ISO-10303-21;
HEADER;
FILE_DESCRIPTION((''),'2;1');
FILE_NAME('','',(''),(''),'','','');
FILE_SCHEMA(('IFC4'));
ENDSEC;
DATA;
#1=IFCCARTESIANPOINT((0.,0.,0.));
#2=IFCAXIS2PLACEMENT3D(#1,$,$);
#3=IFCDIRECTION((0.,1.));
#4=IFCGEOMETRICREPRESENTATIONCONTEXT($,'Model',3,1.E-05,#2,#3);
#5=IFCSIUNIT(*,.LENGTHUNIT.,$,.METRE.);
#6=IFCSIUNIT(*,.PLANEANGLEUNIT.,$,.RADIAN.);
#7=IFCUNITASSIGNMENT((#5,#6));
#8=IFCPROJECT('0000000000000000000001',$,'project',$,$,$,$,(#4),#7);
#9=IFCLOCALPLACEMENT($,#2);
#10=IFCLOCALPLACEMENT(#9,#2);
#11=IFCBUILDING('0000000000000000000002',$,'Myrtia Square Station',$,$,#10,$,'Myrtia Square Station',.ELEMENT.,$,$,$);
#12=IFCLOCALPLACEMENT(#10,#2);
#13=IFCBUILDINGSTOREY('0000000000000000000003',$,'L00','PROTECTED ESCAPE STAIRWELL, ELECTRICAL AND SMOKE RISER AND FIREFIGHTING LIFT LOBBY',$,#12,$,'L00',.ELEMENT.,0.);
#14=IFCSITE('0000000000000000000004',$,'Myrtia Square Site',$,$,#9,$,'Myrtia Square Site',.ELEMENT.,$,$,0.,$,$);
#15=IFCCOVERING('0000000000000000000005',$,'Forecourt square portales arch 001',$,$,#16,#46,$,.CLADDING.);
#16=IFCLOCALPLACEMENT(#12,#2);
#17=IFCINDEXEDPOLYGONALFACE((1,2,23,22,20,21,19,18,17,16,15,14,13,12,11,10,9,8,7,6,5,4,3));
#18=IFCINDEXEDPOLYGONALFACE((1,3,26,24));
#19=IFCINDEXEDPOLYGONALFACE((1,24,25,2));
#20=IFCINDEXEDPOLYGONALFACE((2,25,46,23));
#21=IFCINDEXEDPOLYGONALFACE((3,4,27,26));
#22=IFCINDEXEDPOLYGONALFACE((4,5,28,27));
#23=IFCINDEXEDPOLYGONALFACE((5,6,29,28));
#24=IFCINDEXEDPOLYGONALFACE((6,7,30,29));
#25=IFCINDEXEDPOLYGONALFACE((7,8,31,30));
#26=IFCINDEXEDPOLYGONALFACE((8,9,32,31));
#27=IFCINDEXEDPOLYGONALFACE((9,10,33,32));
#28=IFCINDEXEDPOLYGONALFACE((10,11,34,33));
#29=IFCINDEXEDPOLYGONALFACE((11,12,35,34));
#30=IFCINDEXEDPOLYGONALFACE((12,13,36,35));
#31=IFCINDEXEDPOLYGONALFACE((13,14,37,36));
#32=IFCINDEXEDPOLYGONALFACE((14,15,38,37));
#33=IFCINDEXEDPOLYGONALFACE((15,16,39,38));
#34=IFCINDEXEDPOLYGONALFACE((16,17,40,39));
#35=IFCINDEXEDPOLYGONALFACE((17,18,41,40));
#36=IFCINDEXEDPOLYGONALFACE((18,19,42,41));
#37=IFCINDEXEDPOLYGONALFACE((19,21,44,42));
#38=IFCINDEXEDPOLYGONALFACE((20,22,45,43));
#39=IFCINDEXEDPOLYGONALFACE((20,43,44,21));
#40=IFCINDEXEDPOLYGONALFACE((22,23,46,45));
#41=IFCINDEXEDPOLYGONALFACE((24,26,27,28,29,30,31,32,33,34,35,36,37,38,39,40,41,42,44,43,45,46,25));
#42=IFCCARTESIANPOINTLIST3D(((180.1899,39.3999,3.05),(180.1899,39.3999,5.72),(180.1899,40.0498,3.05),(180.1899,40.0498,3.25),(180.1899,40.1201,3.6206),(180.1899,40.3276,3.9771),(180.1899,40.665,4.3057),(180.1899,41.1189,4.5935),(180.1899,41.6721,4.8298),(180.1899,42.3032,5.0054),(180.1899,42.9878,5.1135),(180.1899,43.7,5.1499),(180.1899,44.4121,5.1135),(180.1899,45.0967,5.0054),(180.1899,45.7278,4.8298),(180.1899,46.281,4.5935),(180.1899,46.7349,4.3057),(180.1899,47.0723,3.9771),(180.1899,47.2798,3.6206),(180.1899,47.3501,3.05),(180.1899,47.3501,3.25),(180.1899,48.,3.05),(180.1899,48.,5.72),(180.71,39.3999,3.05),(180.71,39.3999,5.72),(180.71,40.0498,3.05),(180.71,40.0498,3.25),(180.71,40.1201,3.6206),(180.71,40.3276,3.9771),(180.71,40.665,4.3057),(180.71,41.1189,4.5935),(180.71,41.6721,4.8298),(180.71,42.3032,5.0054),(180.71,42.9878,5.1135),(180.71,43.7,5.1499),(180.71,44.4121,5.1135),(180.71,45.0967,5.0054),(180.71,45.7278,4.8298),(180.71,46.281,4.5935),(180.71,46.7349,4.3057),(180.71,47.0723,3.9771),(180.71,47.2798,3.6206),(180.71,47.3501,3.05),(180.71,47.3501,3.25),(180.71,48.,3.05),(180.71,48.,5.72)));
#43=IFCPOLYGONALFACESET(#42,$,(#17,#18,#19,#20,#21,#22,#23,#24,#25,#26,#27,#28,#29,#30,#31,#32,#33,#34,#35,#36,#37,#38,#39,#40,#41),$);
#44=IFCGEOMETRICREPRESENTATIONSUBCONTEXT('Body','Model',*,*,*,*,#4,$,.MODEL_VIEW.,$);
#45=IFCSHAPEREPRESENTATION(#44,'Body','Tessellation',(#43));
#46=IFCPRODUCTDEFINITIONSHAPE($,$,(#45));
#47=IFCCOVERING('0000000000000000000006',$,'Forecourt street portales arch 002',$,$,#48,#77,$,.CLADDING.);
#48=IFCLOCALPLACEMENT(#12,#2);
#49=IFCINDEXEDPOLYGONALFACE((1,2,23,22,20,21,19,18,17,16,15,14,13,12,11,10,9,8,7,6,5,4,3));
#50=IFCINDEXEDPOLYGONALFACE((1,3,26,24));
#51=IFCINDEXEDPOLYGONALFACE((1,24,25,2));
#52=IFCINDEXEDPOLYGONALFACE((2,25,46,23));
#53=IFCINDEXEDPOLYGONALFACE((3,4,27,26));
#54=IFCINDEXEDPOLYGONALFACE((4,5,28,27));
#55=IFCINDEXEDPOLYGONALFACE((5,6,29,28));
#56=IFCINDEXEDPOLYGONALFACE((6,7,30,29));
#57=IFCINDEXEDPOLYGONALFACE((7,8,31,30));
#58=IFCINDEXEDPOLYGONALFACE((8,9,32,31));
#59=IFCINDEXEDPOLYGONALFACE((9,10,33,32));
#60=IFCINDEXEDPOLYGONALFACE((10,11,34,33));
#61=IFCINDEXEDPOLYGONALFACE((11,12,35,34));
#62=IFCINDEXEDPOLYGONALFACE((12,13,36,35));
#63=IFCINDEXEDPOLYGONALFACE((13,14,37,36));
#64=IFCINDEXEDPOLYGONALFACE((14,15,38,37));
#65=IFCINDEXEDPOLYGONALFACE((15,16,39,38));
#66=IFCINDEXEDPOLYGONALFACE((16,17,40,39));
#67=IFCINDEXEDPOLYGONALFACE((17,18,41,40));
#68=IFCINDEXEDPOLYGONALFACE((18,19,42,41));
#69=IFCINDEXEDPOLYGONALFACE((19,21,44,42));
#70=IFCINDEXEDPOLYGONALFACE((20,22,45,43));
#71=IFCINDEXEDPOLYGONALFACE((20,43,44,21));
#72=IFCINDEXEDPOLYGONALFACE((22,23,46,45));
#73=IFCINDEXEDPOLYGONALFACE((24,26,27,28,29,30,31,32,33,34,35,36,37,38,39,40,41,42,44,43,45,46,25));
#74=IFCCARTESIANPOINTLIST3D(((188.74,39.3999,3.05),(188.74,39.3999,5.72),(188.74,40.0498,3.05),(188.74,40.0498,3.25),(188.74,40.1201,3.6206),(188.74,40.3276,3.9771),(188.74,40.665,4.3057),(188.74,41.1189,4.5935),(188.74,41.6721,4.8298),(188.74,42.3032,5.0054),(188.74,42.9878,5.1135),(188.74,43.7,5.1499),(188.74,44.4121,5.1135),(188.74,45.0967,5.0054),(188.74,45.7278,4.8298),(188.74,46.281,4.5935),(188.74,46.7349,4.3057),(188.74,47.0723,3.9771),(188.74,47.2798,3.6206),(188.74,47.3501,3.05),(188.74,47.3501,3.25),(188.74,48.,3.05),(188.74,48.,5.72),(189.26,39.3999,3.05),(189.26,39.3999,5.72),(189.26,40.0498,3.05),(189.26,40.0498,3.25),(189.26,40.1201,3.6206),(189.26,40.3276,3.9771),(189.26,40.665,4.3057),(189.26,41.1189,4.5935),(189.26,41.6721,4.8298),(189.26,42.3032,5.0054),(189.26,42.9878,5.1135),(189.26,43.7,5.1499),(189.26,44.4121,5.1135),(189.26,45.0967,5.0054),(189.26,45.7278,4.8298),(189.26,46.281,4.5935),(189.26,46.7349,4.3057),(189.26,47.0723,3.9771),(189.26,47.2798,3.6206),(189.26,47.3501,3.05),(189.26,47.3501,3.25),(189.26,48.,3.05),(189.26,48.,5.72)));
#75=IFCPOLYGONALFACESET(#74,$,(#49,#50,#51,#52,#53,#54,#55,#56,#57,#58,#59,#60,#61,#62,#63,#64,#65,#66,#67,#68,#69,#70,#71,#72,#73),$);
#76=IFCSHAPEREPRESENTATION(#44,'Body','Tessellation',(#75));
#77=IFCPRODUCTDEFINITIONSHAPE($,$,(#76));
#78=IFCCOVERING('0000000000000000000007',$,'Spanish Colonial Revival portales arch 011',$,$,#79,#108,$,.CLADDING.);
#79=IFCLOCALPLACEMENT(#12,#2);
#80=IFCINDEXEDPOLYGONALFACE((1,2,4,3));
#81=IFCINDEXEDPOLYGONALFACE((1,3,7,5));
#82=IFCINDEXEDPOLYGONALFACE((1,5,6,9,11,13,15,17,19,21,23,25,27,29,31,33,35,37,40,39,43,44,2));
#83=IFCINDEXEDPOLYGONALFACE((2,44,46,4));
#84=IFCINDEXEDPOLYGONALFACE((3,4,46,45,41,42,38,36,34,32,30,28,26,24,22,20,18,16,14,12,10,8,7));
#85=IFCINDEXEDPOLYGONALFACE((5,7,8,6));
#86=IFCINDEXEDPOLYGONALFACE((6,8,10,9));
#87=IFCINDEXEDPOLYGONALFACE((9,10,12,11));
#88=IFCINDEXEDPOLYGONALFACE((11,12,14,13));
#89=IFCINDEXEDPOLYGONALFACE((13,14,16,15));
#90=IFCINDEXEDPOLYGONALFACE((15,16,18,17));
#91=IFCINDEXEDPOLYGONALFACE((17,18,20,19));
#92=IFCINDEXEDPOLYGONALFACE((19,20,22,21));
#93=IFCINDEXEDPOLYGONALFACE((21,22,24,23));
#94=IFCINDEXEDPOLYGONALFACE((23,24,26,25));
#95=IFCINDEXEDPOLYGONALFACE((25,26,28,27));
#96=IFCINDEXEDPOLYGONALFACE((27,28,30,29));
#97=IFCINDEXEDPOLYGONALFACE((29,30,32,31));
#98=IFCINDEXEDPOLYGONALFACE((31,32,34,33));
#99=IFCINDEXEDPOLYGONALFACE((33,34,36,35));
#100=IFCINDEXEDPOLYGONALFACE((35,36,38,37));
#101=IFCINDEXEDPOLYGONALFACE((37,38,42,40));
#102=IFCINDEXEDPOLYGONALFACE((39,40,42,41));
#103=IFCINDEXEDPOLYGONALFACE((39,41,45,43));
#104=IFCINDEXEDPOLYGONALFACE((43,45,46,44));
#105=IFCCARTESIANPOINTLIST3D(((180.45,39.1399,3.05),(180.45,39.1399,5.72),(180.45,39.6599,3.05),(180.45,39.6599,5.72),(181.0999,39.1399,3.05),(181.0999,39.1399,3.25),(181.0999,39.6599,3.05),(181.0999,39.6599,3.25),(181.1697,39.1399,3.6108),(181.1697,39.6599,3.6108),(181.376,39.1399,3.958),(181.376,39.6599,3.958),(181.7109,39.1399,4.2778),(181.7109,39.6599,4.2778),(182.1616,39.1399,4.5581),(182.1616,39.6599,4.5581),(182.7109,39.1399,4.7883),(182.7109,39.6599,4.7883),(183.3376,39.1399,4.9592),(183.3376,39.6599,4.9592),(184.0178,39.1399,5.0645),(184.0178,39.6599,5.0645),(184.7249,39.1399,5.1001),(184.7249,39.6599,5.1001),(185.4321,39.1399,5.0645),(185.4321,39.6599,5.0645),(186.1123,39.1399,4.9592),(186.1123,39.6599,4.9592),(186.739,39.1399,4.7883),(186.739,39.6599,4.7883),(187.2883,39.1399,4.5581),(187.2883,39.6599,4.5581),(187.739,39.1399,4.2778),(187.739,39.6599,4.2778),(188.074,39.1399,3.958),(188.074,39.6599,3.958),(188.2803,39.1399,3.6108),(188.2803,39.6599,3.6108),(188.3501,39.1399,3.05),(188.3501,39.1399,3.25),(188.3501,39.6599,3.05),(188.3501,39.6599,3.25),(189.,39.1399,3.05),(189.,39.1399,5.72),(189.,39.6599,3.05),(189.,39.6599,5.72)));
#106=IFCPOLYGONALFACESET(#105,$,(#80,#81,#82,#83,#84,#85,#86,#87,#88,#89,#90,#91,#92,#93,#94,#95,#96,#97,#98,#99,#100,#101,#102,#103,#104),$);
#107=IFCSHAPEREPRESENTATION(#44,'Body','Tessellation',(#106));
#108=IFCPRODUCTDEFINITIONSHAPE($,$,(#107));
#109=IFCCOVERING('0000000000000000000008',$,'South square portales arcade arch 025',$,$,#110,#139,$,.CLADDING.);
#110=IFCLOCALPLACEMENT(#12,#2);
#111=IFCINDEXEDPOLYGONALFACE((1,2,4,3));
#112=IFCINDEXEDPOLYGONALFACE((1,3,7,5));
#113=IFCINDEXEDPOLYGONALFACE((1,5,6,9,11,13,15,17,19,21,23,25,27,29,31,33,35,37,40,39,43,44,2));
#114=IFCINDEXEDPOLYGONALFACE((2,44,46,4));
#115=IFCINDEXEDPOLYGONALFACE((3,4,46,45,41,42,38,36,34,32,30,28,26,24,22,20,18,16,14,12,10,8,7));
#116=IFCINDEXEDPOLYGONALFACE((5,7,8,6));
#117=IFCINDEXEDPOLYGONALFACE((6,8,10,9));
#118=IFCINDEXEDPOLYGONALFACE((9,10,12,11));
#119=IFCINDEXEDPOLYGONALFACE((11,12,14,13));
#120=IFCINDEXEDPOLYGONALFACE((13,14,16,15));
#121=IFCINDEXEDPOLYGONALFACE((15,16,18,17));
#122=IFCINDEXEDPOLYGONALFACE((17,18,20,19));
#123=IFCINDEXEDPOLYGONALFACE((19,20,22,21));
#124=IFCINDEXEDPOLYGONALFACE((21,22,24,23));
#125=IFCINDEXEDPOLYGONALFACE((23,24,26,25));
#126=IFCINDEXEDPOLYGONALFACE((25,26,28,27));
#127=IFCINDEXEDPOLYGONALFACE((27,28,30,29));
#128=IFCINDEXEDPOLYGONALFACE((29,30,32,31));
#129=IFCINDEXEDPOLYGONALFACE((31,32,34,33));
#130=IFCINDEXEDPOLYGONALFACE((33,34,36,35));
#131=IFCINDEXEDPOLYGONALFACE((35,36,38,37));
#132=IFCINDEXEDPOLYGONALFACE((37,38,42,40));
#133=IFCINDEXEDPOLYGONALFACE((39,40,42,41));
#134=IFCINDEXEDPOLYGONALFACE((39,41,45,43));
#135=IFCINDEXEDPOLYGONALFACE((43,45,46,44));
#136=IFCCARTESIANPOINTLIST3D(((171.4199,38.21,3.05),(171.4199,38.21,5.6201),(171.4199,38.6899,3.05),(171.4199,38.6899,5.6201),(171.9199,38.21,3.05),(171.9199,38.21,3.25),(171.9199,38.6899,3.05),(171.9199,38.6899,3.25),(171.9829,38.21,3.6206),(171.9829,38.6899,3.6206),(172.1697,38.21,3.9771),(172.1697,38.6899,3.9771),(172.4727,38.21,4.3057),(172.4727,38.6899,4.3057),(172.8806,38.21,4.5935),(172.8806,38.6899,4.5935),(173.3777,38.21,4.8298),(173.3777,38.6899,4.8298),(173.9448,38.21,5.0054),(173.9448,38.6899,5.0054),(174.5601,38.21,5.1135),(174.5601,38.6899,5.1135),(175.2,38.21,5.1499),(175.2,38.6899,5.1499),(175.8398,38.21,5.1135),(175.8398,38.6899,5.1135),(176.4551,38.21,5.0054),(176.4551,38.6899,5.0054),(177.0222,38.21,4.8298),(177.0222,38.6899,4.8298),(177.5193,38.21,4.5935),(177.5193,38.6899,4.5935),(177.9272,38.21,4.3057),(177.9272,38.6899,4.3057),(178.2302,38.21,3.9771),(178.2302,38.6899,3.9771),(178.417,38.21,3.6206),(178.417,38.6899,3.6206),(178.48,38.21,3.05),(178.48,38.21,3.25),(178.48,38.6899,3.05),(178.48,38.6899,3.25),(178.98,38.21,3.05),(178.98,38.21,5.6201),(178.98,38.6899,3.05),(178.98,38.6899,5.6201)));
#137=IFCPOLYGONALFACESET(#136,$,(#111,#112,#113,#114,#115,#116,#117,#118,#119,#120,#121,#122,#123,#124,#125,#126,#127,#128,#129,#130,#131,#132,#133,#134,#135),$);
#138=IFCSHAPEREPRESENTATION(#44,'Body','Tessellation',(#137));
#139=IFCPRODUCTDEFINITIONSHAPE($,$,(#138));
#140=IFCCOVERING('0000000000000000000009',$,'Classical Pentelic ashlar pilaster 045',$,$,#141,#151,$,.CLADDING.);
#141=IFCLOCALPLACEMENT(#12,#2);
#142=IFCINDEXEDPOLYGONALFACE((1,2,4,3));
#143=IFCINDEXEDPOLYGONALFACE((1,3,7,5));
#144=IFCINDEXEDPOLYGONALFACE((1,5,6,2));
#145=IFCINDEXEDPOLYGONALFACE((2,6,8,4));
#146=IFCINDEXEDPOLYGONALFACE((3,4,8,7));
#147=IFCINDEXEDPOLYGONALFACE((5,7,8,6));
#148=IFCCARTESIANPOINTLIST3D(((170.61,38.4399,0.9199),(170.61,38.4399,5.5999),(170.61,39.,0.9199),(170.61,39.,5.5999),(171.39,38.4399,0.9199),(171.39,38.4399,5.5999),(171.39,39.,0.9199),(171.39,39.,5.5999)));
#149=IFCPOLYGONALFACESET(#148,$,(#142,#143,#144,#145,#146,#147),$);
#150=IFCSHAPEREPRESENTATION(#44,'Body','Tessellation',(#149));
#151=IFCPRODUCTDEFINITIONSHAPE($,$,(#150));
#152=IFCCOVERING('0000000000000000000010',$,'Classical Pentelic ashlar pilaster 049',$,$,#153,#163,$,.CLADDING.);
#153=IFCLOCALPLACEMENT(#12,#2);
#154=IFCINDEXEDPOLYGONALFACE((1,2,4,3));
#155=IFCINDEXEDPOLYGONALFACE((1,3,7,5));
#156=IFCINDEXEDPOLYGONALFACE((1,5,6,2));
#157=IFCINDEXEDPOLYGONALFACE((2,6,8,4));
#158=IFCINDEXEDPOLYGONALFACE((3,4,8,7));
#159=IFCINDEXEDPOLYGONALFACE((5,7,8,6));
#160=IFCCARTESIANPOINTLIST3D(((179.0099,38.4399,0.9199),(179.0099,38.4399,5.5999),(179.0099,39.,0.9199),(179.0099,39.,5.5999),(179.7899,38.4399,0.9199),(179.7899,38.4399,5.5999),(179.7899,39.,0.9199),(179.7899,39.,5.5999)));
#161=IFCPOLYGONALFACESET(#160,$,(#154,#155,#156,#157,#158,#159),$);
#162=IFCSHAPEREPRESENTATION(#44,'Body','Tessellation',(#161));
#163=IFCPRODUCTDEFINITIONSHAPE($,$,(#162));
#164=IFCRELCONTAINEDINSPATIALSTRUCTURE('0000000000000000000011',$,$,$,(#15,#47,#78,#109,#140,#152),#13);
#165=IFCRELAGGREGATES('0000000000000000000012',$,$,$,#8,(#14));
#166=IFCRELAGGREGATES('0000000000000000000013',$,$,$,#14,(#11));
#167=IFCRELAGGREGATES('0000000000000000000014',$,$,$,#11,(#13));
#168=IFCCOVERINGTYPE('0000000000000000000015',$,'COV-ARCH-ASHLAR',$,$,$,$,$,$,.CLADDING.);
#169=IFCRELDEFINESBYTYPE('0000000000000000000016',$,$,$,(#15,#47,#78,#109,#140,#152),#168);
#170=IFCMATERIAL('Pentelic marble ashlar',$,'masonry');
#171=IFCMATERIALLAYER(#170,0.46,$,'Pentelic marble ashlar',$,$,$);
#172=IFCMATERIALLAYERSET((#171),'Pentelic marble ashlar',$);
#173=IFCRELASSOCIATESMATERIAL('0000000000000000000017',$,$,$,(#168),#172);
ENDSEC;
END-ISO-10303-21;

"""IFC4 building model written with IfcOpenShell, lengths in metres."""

from ifc_helpers import new_model, si_unit, direction, frame, origin, origin_2d, place, context, subcontext, project, spatial, polyline, rectangle, outline, extrude, material, layer, layer_set, type_object, element, save


model = new_model("IFC4")

# Units and contexts
model_context = context("Model", 3, precision=1e-05, world=origin(), true_north=direction((0.0, 1.0)))
body_context = subcontext(model_context, "Body", "Model", "MODEL_VIEW")
ifc_project = project(units=[si_unit("LENGTHUNIT", "METRE"), si_unit("PLANEANGLEUNIT", "RADIAN")], contexts=[model_context])

# Site, building, storey
site_placement = place(None, origin())
site = spatial("IfcSite", under=ifc_project, at=site_placement, Name="Myrtia Square Site", LongName="Myrtia Square Site", CompositionType="ELEMENT", RefElevation=0.0)
building_placement = place(site_placement, origin())
building = spatial("IfcBuilding", under=site, at=building_placement, Name="Myrtia Square Station", LongName="Myrtia Square Station", CompositionType="ELEMENT")
storey_placement = place(building_placement, origin())
storey = spatial("IfcBuildingStorey", under=building, at=storey_placement, Name="L00", Description="PROTECTED ESCAPE STAIRWELL, ELECTRICAL AND SMOKE RISER AND FIREFIGHTING LIFT LOBBY", LongName="L00", CompositionType="ELEMENT", Elevation=0.0)

# Shared definitions
ifc_material_1 = material(Name="Pentelic marble ashlar", Category="masonry")

# Coverings
ifc_layer_1 = layer(ifc_material_1, 0.46, Name="Pentelic marble ashlar")
ifc_layer_set_1 = layer_set([ifc_layer_1], Name="Pentelic marble ashlar")
covering_type = type_object("IfcCoveringType", Name="COV-ARCH-ASHLAR", PredefinedType="CLADDING", material=ifc_layer_set_1)
for number, where, z_axis, x_axis, name in (
    (1, (180.45, 39.3999, 3.05), (0.0, 0.0, 1.0), (0.0, 1.0, 0.0), "Forecourt square portales arch 001"),
    (2, (189.0, 39.3999, 3.05), (0.0, 0.0, 1.0), (0.0, 1.0, 0.0), "Forecourt street portales arch 002"),
):
    element("IfcCovering", number, at=place(storey_placement, frame(where, z_axis=z_axis, x_axis=x_axis)), inside=storey, type_object=covering_type, Name=name, PredefinedType="CLADDING", context=body_context, shape_type="SweptSolid", body=[
        extrude(outline(polyline([(0.0, 0.0), (0.6499, 0.0), (0.6499, 0.2), (0.7202, 0.5706), (0.9277, 0.927), (1.2651, 1.2556), (1.719, 1.5435), (2.2722, 1.7798), (2.9033, 1.9553), (3.5879, 2.0635), (4.3, 2.0999), (5.0122, 2.0635), (5.6968, 1.9553), (6.3279, 1.7798), (6.8811, 1.5435), (7.335, 1.2556), (7.6724, 0.927), (7.8799, 0.5706), (7.9502, 0.2), (7.9502, 0.0), (8.6001, 0.0), (8.6001, 2.6699), (0.0, 2.6699), (0.0, 0.0)])), frame((0.0, 0.26, 0.0), z_axis=(0.0, -1.0, 0.0), x_axis=(1.0, 0.0, 0.0)), (0.0, 0.0, 1.0), 0.52),
    ])
covering_1_placement = place(storey_placement, frame((180.45, 39.3999, 3.05), z_axis=(0.0, 0.0, 1.0), x_axis=(1.0, 0.0, 0.0)))
element("IfcCovering", 3, at=covering_1_placement, inside=storey, type_object=covering_type, Name="Spanish Colonial Revival portales arch 011", PredefinedType="CLADDING", context=body_context, shape_type="SweptSolid", body=[
    extrude(outline(polyline([(0.0, 0.0), (0.6499, 0.0), (0.6499, 0.2), (0.7197, 0.5608), (0.926, 0.908), (1.261, 1.2278), (1.7117, 1.5081), (2.261, 1.7383), (2.8877, 1.9092), (3.5679, 2.0144), (4.2749, 2.05), (4.9822, 2.0144), (5.6624, 1.9092), (6.2891, 1.7383), (6.8384, 1.5081), (7.2891, 1.2278), (7.624, 0.908), (7.8303, 0.5608), (7.9001, 0.2), (7.9001, 0.0), (8.55, 0.0), (8.55, 2.6699), (0.0, 2.6699), (0.0, 0.0)])), frame((0.0, 0.26, 0.0), z_axis=(0.0, -1.0, 0.0), x_axis=(1.0, 0.0, 0.0)), (0.0, 0.0, 1.0), 0.52),
])
covering_2_placement = place(storey_placement, frame((171.4199, 38.45, 3.05), z_axis=(0.0, 0.0, 1.0), x_axis=(1.0, 0.0, 0.0)))
element("IfcCovering", 4, at=covering_2_placement, inside=storey, type_object=covering_type, Name="South square portales arcade arch 025", PredefinedType="CLADDING", context=body_context, shape_type="SweptSolid", body=[
    extrude(outline(polyline([(0.0, 0.0), (0.5, 0.0), (0.5, 0.2), (0.563, 0.5706), (0.7498, 0.927), (1.0527, 1.2556), (1.4607, 1.5435), (1.9578, 1.7798), (2.5249, 1.9553), (3.1401, 2.0635), (3.78, 2.0999), (4.4199, 2.0635), (5.0352, 1.9553), (5.6023, 1.7798), (6.0994, 1.5435), (6.5073, 1.2556), (6.8103, 0.927), (6.9971, 0.5706), (7.0601, 0.2), (7.0601, 0.0), (7.5601, 0.0), (7.5601, 2.5701), (0.0, 2.5701), (0.0, 0.0)])), frame((0.0, 0.24, 0.0), z_axis=(0.0, -1.0, 0.0), x_axis=(1.0, 0.0, 0.0)), (0.0, 0.0, 1.0), 0.48),
])
for number, where, z_axis, x_axis, name in (
    (5, (171.0, 38.72, 0.9199), (0.0, 0.0, 1.0), (1.0, 0.0, 0.0), "Classical Pentelic ashlar pilaster 045"),
    (6, (179.3999, 38.72, 0.9199), (0.0, 0.0, 1.0), (1.0, 0.0, 0.0), "Classical Pentelic ashlar pilaster 049"),
):
    element("IfcCovering", number, at=place(storey_placement, frame(where, z_axis=z_axis, x_axis=x_axis)), inside=storey, type_object=covering_type, Name=name, PredefinedType="CLADDING", context=body_context, shape_type="SweptSolid", body=[
        extrude(rectangle(XDim=0.78, YDim=0.5601, at=origin_2d()), origin(), (0.0, 0.0, 1.0), 4.6799),
    ])

save(model, "model.ifc")
